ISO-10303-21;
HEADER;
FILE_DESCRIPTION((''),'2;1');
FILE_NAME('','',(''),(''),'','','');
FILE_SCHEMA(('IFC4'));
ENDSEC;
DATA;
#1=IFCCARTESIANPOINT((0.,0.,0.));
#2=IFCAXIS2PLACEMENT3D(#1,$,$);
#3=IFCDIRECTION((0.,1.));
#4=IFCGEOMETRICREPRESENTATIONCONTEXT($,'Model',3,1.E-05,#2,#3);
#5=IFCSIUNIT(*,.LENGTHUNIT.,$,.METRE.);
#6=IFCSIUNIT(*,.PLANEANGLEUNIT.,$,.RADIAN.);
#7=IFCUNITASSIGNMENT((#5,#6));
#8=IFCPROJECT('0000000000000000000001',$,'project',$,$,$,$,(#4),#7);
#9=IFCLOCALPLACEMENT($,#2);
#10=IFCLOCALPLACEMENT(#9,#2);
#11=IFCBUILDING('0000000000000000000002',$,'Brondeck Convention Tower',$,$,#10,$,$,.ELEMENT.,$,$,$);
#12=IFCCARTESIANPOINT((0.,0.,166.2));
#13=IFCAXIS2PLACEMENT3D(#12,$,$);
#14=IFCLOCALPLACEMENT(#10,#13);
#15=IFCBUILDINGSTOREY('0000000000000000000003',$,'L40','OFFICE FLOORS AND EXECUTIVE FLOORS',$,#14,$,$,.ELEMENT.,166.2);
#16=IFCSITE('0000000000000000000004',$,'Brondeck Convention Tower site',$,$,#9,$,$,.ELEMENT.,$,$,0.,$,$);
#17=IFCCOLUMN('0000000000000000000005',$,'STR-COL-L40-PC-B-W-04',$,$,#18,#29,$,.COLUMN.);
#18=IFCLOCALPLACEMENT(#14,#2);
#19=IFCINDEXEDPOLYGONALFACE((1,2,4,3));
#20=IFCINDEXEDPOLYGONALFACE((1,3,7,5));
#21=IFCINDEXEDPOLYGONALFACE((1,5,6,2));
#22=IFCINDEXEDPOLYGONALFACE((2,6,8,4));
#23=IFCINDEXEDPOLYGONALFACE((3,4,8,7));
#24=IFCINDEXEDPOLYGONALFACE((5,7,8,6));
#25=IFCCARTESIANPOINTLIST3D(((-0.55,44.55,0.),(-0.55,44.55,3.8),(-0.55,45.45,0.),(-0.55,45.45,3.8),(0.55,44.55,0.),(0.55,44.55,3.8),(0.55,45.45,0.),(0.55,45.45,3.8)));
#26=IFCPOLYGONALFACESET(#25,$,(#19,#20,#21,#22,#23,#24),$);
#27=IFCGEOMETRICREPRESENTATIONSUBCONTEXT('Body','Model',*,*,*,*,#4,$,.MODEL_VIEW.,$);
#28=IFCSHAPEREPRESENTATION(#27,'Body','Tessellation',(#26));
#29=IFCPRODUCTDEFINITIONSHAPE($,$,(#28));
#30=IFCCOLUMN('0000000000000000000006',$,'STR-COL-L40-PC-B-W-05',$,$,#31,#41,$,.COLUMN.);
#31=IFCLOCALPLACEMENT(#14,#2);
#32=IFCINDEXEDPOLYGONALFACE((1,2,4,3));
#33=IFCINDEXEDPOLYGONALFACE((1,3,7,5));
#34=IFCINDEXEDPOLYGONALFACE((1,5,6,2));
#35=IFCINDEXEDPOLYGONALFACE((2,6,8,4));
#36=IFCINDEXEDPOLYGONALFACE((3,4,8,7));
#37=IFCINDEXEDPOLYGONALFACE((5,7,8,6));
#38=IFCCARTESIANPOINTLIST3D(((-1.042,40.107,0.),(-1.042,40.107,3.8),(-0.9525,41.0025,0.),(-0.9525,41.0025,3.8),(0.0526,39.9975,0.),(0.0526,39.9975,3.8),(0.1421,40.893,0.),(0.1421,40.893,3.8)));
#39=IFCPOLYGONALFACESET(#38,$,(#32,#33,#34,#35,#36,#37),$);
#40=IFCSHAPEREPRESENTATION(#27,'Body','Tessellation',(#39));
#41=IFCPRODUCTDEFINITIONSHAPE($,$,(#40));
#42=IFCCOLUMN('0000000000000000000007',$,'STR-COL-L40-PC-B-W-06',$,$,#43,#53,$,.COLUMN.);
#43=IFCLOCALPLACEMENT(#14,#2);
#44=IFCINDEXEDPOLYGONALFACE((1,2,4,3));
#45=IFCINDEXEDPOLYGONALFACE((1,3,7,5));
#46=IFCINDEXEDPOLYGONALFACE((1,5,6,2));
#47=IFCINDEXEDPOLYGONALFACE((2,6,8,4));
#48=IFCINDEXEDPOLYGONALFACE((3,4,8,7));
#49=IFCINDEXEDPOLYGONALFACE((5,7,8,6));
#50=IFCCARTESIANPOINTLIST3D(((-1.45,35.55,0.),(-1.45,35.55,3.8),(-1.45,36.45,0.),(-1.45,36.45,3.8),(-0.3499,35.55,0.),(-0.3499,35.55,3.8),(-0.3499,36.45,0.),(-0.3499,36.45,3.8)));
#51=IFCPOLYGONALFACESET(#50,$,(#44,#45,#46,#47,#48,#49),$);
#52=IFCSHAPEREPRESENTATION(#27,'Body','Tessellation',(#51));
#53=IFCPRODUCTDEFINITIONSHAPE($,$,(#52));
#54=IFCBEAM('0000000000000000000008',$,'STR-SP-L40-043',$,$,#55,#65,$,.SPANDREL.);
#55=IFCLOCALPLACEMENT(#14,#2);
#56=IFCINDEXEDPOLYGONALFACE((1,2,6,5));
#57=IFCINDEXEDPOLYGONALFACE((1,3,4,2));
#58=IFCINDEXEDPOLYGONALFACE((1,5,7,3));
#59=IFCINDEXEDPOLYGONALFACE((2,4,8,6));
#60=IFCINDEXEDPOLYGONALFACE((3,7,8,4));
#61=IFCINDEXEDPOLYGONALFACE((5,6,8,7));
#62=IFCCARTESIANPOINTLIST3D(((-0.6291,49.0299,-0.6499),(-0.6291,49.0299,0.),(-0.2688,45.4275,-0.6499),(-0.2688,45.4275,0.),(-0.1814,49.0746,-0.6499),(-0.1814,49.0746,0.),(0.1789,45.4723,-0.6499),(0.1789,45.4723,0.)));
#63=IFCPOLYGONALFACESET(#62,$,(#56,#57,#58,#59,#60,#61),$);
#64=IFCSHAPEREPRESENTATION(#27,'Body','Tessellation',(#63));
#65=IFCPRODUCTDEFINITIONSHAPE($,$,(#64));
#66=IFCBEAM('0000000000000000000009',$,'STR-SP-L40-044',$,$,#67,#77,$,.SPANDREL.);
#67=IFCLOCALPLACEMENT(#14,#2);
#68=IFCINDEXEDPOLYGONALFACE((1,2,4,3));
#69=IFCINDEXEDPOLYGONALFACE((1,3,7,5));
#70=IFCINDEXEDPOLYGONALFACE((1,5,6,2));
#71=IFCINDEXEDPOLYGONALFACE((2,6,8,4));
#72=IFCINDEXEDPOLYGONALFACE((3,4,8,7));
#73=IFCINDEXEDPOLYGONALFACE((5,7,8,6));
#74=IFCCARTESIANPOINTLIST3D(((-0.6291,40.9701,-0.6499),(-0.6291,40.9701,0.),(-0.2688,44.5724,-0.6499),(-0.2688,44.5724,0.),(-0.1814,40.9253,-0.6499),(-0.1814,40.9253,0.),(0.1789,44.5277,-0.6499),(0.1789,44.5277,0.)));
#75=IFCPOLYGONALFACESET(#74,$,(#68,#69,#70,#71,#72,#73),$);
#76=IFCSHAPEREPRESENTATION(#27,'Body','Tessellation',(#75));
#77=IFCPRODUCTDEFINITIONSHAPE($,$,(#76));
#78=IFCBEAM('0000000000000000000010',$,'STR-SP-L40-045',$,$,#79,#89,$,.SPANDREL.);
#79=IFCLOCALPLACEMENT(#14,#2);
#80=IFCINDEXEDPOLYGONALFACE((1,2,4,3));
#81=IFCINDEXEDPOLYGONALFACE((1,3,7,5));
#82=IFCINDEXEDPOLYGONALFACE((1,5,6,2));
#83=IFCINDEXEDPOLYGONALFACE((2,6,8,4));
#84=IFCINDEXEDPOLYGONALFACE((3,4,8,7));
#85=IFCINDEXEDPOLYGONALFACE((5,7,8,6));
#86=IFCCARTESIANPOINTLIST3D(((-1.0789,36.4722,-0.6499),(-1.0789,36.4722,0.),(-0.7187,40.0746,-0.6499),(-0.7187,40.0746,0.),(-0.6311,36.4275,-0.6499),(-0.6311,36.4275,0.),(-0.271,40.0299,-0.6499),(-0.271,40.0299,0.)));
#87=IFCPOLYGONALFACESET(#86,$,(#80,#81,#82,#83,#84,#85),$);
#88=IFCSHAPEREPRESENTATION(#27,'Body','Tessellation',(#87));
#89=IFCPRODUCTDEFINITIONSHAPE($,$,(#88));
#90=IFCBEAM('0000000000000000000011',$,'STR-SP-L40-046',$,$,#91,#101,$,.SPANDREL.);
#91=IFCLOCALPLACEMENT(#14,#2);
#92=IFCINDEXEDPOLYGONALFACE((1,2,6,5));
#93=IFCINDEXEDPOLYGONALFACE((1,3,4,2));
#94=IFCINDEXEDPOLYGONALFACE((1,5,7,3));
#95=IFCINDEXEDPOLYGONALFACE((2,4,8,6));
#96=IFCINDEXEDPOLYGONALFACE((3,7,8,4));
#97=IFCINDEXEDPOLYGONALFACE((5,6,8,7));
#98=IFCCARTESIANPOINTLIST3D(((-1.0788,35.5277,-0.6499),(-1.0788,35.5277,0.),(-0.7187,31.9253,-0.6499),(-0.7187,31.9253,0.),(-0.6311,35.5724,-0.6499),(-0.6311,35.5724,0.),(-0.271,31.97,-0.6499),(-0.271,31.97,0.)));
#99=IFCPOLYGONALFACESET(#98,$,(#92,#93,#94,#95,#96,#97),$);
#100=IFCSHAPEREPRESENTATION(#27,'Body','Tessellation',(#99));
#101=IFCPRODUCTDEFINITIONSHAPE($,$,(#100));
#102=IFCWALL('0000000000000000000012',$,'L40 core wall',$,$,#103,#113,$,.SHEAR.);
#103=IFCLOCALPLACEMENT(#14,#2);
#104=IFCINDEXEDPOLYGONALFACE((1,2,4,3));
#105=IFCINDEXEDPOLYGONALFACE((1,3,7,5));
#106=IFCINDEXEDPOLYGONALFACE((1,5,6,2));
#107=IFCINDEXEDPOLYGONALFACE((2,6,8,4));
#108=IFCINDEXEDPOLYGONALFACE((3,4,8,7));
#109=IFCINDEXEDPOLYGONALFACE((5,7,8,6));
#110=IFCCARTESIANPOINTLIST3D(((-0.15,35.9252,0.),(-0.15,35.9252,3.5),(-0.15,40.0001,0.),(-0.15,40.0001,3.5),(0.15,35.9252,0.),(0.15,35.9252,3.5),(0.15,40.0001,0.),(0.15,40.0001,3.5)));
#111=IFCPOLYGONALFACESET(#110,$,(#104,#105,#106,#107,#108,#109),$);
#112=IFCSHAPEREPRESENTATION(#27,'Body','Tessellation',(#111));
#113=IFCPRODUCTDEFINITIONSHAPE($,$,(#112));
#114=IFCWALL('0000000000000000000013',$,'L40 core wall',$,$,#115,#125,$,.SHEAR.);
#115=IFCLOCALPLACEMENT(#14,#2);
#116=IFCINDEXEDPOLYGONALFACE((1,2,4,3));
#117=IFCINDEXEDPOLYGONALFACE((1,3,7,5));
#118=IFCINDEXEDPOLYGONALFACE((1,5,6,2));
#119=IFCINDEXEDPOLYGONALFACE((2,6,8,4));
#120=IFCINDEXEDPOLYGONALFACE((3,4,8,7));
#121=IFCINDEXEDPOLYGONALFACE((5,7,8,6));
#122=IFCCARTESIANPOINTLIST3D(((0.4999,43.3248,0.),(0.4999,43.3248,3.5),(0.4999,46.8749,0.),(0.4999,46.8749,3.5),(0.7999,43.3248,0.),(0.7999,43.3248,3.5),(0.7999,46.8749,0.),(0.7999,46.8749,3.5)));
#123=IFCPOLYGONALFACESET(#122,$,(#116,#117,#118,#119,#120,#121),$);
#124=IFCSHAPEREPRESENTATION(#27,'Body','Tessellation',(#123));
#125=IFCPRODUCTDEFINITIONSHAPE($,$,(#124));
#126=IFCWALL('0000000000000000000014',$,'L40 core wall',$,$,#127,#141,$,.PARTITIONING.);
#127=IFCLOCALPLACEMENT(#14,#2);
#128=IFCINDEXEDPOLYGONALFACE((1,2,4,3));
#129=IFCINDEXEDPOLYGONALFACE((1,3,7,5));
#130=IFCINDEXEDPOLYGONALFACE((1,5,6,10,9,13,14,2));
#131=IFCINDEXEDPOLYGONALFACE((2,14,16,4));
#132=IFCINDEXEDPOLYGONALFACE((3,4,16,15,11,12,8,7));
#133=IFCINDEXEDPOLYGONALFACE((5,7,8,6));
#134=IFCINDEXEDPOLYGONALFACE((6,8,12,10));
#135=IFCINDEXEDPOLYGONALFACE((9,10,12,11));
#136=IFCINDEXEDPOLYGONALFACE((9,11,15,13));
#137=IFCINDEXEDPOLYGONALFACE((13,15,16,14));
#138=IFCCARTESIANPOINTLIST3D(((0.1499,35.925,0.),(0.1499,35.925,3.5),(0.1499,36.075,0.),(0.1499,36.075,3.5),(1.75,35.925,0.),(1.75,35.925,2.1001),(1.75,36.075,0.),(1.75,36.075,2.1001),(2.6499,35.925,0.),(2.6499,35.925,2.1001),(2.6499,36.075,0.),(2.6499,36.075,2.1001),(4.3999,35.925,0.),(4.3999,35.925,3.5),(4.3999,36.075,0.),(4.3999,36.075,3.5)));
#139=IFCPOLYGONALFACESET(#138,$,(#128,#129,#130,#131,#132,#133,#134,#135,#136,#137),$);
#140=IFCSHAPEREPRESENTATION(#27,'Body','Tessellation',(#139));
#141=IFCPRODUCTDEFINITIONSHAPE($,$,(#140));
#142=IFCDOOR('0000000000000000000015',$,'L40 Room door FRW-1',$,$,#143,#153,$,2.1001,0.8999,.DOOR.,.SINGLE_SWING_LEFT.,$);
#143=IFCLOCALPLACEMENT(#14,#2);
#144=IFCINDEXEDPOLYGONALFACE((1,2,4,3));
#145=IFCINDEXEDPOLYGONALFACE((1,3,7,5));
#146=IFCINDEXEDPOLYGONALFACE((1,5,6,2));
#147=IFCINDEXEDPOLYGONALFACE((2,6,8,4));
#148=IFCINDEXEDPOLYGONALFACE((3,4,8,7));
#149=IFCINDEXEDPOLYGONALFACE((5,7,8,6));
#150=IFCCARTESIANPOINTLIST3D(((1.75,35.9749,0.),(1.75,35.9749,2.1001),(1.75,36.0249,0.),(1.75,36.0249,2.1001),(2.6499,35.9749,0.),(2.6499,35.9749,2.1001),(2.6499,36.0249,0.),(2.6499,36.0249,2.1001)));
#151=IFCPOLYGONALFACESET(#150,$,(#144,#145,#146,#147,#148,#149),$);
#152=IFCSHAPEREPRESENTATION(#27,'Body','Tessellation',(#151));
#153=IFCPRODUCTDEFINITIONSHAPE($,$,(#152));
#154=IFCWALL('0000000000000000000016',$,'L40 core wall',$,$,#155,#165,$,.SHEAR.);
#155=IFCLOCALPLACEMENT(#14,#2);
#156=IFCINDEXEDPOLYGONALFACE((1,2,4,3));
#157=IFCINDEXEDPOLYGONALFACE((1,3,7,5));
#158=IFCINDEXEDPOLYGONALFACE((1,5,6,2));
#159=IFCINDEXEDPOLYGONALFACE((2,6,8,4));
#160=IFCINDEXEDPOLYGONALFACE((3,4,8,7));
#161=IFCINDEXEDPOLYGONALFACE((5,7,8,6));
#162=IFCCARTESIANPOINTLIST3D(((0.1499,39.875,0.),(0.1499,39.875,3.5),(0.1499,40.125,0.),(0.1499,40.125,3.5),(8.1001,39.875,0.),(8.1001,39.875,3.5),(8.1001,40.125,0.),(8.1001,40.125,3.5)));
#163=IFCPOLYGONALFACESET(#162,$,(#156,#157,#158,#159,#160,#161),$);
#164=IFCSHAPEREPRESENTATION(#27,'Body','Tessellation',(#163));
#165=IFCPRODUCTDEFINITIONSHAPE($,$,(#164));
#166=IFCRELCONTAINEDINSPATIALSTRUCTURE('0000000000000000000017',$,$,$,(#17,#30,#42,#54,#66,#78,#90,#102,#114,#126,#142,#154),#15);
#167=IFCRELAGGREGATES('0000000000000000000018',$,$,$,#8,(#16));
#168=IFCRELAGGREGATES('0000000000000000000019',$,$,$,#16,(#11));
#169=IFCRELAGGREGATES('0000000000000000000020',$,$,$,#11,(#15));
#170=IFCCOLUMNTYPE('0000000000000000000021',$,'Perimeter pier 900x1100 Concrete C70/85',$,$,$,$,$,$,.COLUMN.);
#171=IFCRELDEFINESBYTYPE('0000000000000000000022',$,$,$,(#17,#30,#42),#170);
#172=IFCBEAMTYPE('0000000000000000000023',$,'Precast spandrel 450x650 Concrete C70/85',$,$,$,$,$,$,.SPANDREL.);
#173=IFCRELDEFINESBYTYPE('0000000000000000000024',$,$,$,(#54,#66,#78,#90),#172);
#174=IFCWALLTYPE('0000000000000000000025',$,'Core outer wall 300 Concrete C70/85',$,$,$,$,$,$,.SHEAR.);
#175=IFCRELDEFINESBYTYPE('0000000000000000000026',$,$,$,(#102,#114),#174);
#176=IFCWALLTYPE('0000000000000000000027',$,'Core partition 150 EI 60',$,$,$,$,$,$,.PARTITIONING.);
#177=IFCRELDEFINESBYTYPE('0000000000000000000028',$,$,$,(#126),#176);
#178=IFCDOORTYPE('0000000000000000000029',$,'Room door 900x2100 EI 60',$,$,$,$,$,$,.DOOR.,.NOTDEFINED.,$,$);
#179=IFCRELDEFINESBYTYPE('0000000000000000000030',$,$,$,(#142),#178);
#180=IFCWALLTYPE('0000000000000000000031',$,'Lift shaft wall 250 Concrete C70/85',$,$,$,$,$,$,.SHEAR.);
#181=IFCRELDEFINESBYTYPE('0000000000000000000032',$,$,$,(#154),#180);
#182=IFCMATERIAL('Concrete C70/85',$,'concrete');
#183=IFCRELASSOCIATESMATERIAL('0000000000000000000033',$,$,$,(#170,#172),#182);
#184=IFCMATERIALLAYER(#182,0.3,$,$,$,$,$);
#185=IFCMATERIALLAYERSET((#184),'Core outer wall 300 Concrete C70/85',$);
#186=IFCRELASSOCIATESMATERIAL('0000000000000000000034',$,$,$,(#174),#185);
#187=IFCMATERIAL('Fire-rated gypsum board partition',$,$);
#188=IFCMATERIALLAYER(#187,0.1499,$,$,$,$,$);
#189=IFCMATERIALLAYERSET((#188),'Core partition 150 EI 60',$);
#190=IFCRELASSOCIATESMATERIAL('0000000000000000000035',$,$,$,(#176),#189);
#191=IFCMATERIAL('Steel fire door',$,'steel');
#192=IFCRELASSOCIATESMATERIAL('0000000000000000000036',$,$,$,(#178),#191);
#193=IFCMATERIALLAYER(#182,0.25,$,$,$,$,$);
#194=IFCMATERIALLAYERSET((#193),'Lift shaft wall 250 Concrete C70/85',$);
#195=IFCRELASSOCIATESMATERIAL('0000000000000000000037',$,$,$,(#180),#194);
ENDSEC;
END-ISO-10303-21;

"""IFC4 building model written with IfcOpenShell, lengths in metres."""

from ifc_helpers import new_model, si_unit, direction, frame, frame_2d, origin, origin_2d, place, context, subcontext, project, spatial, rectangle, extrude, material, layer, layer_set, material_profile, profile_set, type_object, element, fill, save


model = new_model("IFC4")

# Units and contexts
model_context = context("Model", 3, precision=1e-05, world=origin(), true_north=direction((0.0, 1.0)))
body_context = subcontext(model_context, "Body", "Model", "MODEL_VIEW")
ifc_project = project(units=[si_unit("LENGTHUNIT", "METRE"), si_unit("PLANEANGLEUNIT", "RADIAN")], contexts=[model_context])

# Site, building, storey
site_placement = place(None, origin())
site = spatial("IfcSite", under=ifc_project, at=site_placement, Name="Brondeck Convention Tower site", CompositionType="ELEMENT", RefElevation=0.0)
building_placement = place(site_placement, origin())
building = spatial("IfcBuilding", under=site, at=building_placement, Name="Brondeck Convention Tower", CompositionType="ELEMENT")
storey_placement = place(building_placement, frame((0.0, 0.0, 166.2)))
storey = spatial("IfcBuildingStorey", under=building, at=storey_placement, Name="L40", Description="OFFICE FLOORS AND EXECUTIVE FLOORS", CompositionType="ELEMENT", Elevation=166.2)

# Columns
ifc_material_1 = material(Name="Concrete C70/85", Category="concrete")
ifc_material_profile_1 = material_profile(ifc_material_1, rectangle(XDim=0.8999, YDim=1.1001, at=origin_2d()), Name="Perimeter pier 900x1100 Concrete C70/85")
ifc_profile_set_1 = profile_set([ifc_material_profile_1], Name="Concrete C70/85")
column_type = type_object("IfcColumnType", Name="Perimeter pier 900x1100 Concrete C70/85", PredefinedType="COLUMN", material=ifc_profile_set_1)
for number, where, z_axis, x_axis, name in (
    (1, (0.0, 45.0, 0.0), (0.0, 0.0, 1.0), (0.0, -1.0, 0.0), "STR-COL-L40-PC-B-W-04"),
    (2, (-0.45, 40.5, 0.0), (0.0, 0.0, 1.0), (-0.099504, -0.995037, 0.0), "STR-COL-L40-PC-B-W-05"),
    (3, (-0.8999, 36.0, 0.0), (0.0, 0.0, 1.0), (0.0, -1.0, 0.0), "STR-COL-L40-PC-B-W-06"),
):
    element("IfcColumn", number, at=place(storey_placement, frame(where, z_axis=z_axis, x_axis=x_axis)), inside=storey, type_object=column_type, Name=name, PredefinedType="COLUMN", context=body_context, shape_type="SweptSolid", body=[
        extrude(rectangle(XDim=0.8999, YDim=1.1001, at=origin_2d()), origin(), (0.0, 0.0, 1.0), 3.8),
    ])

# Beams
ifc_material_profile_2 = material_profile(ifc_material_1, rectangle(XDim=0.45, YDim=0.6499, at=origin_2d()), Name="Precast spandrel 450x650 Concrete C70/85")
ifc_profile_set_2 = profile_set([ifc_material_profile_2], Name="Concrete C70/85")
beam_type = type_object("IfcBeamType", Name="Precast spandrel 450x650 Concrete C70/85", PredefinedType="SPANDREL", material=ifc_profile_set_2)
for number, where, z_axis, x_axis, name in (
    (4, (-0.4053, 49.0522, -0.325), (0.099537, -0.995034, 0.0), (0.995034, 0.099537, 0.0), "STR-SP-L40-043"),
    (5, (-0.0449, 44.55, -0.325), (-0.099537, -0.995034, 0.0), (0.995034, -0.099537, 0.0), "STR-SP-L40-044"),
    (6, (-0.4949, 40.0522, -0.325), (-0.09947, -0.995041, 0.0), (0.995041, -0.09947, 0.0), "STR-SP-L40-045"),
    (7, (-0.855, 35.55, -0.325), (0.09947, -0.995041, 0.0), (0.995041, 0.09947, 0.0), "STR-SP-L40-046"),
):
    element("IfcBeam", number, at=place(storey_placement, frame(where, z_axis=z_axis, x_axis=x_axis)), inside=storey, type_object=beam_type, Name=name, PredefinedType="SPANDREL", context=body_context, shape_type="SweptSolid", body=[
        extrude(rectangle(XDim=0.45, YDim=0.6499, at=origin_2d()), origin(), (0.0, 0.0, 1.0), 3.6204),
    ])

# Walls
ifc_layer_1 = layer(ifc_material_1, 0.3)
ifc_layer_set_1 = layer_set([ifc_layer_1], Name="Core outer wall 300 Concrete C70/85")
wall_type_1 = type_object("IfcWallType", Name="Core outer wall 300 Concrete C70/85", PredefinedType="SHEAR", material=ifc_layer_set_1)
wall_1_placement = place(storey_placement, frame((0.0, 35.925, 0.0), z_axis=(0.0, 0.0, 1.0), x_axis=(0.0, 1.0, 0.0)))
element("IfcWall", 8, at=wall_1_placement, inside=storey, type_object=wall_type_1, Name="L40 core wall", PredefinedType="SHEAR", context=body_context, shape_type="SweptSolid", body=[
    extrude(rectangle(XDim=4.075, YDim=0.3, at=frame_2d((2.0376, 0.0))), origin(), (0.0, 0.0, 1.0), 3.5),
])
wall_2_placement = place(storey_placement, frame((0.6499, 43.325, 0.0), z_axis=(0.0, 0.0, 1.0), x_axis=(0.0, 1.0, 0.0)))
element("IfcWall", 9, at=wall_2_placement, inside=storey, type_object=wall_type_1, Name="L40 core wall", PredefinedType="SHEAR", context=body_context, shape_type="SweptSolid", body=[
    extrude(rectangle(XDim=3.55, YDim=0.3, at=frame_2d((1.7749, 0.0))), origin(), (0.0, 0.0, 1.0), 3.5),
])

# Wall, opening, door
ifc_material_2 = material(Name="Fire-rated gypsum board partition")
ifc_layer_2 = layer(ifc_material_2, 0.1499)
ifc_layer_set_2 = layer_set([ifc_layer_2], Name="Core partition 150 EI 60")
wall_type_2 = type_object("IfcWallType", Name="Core partition 150 EI 60", PredefinedType="PARTITIONING", material=ifc_layer_set_2)
wall_3_placement = place(storey_placement, frame((0.1499, 36.0, 0.0), z_axis=(0.0, 0.0, 1.0), x_axis=(1.0, 0.0, 0.0)))
wall_3 = element("IfcWall", 10, at=wall_3_placement, inside=storey, type_object=wall_type_2, Name="L40 core wall", PredefinedType="PARTITIONING", context=body_context, shape_type="SweptSolid", body=[
    extrude(rectangle(XDim=4.25, YDim=0.1499, at=frame_2d((2.125, 0.0))), origin(), (0.0, 0.0, 1.0), 3.5),
])
opening_1_placement = place(wall_3_placement, frame((1.6001, 0.0, 0.0)))
opening_1 = element("IfcOpeningElement", 11, at=opening_1_placement, cuts=wall_3, PredefinedType="OPENING", context=body_context, shape_type="SweptSolid", body=[
    extrude(rectangle(XDim=0.8999, YDim=2.1001, at=frame_2d((0.45, 1.05))), frame((0.0, 0.085, 0.0), z_axis=(0.0, -1.0, 0.0), x_axis=(1.0, 0.0, 0.0)), (0.0, 0.0, 1.0), 0.1699),
])
ifc_material_3 = material(Name="Steel fire door", Category="steel")
door_type_1 = type_object("IfcDoorType", Name="Room door 900x2100 EI 60", OperationType="NOTDEFINED", PredefinedType="DOOR", material=ifc_material_3)
door_1_placement = place(opening_1_placement, origin())
door_1 = element("IfcDoor", 12, at=door_1_placement, inside=storey, type_object=door_type_1, Name="L40 Room door FRW-1", OperationType="SINGLE_SWING_LEFT", OverallHeight=2.1001, OverallWidth=0.8999, PredefinedType="DOOR", context=body_context, shape_type="SweptSolid", body=[
    extrude(rectangle(XDim=0.8999, YDim=2.1001, at=frame_2d((0.45, 1.05))), frame((0.0, 0.0249, 0.0), z_axis=(0.0, -1.0, 0.0), x_axis=(1.0, 0.0, 0.0)), (0.0, 0.0, 1.0), 0.05),
])
fill(opening_1, door_1)

# Wall
ifc_layer_3 = layer(ifc_material_1, 0.25)
ifc_layer_set_3 = layer_set([ifc_layer_3], Name="Lift shaft wall 250 Concrete C70/85")
wall_type_3 = type_object("IfcWallType", Name="Lift shaft wall 250 Concrete C70/85", PredefinedType="SHEAR", material=ifc_layer_set_3)
wall_4_placement = place(storey_placement, frame((0.1499, 40.0, 0.0), z_axis=(0.0, 0.0, 1.0), x_axis=(1.0, 0.0, 0.0)))
element("IfcWall", 13, at=wall_4_placement, inside=storey, type_object=wall_type_3, Name="L40 core wall", PredefinedType="SHEAR", context=body_context, shape_type="SweptSolid", body=[
    extrude(rectangle(XDim=7.9502, YDim=0.25, at=frame_2d((3.9751, 0.0))), origin(), (0.0, 0.0, 1.0), 3.5),
])

save(model, "model.ifc")
